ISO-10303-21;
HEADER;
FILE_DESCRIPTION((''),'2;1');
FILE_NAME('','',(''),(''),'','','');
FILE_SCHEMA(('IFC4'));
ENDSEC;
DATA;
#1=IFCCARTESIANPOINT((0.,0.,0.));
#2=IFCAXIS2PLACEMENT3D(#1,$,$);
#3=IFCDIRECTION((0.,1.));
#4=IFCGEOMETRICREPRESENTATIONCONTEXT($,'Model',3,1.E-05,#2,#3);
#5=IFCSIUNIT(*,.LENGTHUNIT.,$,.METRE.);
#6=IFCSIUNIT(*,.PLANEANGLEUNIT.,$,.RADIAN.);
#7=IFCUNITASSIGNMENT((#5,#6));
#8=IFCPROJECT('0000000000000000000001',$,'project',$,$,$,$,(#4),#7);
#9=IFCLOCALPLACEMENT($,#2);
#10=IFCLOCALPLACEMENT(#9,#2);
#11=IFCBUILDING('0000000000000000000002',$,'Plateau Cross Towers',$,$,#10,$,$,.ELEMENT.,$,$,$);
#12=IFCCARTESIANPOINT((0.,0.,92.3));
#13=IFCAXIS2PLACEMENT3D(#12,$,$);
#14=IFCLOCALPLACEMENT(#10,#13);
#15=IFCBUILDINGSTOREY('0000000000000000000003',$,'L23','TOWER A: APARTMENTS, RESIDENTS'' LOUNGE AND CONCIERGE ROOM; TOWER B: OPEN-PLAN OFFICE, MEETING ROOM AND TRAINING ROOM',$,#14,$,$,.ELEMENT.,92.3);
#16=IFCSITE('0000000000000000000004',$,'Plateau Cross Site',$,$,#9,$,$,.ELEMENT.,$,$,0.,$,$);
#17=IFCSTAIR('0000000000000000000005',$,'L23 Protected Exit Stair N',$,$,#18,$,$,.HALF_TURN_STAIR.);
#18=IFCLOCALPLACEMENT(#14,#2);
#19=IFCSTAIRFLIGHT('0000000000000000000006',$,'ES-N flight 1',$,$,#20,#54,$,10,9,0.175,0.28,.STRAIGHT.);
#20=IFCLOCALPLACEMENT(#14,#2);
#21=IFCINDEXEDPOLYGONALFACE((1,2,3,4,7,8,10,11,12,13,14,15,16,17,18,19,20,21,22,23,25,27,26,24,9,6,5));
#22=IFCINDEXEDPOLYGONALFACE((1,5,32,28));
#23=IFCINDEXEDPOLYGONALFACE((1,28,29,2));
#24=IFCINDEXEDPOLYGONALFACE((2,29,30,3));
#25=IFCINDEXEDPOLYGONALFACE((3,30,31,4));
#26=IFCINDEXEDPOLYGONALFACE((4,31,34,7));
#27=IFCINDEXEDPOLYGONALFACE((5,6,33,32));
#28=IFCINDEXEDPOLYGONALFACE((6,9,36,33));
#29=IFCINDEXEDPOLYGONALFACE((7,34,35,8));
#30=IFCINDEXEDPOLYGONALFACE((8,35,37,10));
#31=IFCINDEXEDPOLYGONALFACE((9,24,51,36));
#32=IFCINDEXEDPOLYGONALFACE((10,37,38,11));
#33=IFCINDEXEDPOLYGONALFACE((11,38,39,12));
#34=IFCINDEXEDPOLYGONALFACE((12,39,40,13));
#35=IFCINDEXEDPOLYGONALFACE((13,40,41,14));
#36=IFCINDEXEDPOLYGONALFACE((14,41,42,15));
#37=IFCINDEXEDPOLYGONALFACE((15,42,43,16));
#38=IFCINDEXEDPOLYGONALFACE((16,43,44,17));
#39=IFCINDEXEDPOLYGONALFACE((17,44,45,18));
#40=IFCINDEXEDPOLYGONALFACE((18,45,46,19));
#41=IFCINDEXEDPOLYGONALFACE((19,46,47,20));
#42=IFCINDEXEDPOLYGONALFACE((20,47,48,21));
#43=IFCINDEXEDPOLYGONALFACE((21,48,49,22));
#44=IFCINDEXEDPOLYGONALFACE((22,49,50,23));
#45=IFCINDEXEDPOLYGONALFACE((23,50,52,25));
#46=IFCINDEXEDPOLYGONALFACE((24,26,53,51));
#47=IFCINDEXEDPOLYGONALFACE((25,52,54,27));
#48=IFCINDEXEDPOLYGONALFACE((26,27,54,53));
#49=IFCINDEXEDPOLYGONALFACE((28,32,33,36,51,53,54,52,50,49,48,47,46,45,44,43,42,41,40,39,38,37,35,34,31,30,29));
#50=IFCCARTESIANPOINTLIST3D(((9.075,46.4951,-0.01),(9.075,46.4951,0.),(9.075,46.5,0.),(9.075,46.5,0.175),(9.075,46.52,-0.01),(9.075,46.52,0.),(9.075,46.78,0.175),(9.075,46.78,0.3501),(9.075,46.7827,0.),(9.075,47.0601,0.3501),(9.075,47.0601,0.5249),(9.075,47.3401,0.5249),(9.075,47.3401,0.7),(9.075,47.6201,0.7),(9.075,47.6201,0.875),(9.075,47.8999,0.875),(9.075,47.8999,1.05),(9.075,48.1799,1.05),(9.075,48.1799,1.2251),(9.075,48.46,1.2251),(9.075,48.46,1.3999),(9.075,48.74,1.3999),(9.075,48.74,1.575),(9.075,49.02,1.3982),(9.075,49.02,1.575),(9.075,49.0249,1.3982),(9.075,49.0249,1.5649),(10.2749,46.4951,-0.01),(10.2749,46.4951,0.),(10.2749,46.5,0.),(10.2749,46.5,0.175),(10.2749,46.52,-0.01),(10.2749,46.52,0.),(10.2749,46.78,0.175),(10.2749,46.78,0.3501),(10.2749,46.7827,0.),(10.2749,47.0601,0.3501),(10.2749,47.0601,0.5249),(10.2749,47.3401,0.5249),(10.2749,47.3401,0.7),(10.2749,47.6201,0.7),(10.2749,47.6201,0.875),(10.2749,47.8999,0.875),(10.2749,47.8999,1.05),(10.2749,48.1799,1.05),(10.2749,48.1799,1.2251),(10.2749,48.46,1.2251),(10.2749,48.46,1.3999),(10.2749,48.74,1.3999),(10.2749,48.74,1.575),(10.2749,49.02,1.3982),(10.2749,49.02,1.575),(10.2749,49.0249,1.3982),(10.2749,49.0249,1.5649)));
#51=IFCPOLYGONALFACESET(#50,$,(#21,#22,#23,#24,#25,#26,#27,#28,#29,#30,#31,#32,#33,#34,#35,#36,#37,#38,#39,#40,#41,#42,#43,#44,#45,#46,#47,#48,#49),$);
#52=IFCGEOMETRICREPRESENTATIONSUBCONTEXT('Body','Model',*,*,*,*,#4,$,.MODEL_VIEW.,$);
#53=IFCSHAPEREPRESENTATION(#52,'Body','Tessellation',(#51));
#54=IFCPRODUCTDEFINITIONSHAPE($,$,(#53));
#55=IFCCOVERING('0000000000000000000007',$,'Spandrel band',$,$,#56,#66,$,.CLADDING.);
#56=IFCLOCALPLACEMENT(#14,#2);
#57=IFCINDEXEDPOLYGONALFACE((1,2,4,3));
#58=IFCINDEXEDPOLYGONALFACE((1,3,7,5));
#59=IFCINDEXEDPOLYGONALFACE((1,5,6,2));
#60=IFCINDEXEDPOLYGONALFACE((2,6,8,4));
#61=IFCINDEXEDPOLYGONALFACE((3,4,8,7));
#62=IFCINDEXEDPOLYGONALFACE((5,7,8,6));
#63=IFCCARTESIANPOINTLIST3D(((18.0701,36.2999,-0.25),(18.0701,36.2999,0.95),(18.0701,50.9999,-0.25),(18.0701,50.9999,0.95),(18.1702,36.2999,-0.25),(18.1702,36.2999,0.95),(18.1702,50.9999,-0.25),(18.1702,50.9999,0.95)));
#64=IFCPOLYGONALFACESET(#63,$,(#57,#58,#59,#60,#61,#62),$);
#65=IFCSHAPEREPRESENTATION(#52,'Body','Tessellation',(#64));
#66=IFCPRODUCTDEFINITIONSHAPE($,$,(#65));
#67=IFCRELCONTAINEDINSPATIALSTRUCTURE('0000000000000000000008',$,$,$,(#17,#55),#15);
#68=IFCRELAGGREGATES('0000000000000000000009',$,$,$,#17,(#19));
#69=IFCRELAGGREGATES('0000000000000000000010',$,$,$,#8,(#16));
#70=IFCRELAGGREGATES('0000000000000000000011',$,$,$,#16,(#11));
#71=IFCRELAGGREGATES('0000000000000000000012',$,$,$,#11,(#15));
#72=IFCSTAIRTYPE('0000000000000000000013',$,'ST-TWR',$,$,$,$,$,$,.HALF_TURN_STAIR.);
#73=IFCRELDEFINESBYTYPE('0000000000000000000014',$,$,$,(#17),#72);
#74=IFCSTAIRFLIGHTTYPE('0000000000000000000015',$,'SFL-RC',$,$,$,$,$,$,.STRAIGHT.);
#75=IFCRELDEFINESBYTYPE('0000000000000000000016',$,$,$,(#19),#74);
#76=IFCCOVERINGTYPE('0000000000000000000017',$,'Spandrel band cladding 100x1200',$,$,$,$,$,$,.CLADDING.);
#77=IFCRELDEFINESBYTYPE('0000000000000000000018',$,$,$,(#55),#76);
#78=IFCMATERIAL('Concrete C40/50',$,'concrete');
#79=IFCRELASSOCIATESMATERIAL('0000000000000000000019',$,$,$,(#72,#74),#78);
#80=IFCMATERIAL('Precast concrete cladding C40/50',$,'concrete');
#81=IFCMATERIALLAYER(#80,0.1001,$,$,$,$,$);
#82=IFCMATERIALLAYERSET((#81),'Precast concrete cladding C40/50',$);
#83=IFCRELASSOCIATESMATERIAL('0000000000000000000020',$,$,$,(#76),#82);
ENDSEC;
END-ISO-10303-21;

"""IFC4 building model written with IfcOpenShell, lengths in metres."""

from ifc_helpers import new_model, si_unit, direction, frame, origin, origin_2d, place, context, subcontext, project, spatial, polyline, rectangle, outline, extrude, material, layer, layer_set, type_object, element, aggregate, save


model = new_model("IFC4")

# Units and contexts
model_context = context("Model", 3, precision=1e-05, world=origin(), true_north=direction((0.0, 1.0)))
body_context = subcontext(model_context, "Body", "Model", "MODEL_VIEW")
ifc_project = project(units=[si_unit("LENGTHUNIT", "METRE"), si_unit("PLANEANGLEUNIT", "RADIAN")], contexts=[model_context])

# Site, building, storey
site_placement = place(None, origin())
site = spatial("IfcSite", under=ifc_project, at=site_placement, Name="Plateau Cross Site", CompositionType="ELEMENT", RefElevation=0.0)
building_placement = place(site_placement, origin())
building = spatial("IfcBuilding", under=site, at=building_placement, Name="Plateau Cross Towers", CompositionType="ELEMENT")
storey_placement = place(building_placement, frame((0.0, 0.0, 92.3)))
storey = spatial("IfcBuildingStorey", under=building, at=storey_placement, Name="L23", Description="TOWER A: APARTMENTS, RESIDENTS' LOUNGE AND CONCIERGE ROOM; TOWER B: OPEN-PLAN OFFICE, MEETING ROOM AND TRAINING ROOM", CompositionType="ELEMENT", Elevation=92.3)

# Stair, stair flight
ifc_material_1 = material(Name="Concrete C40/50", Category="concrete")
stair_type = type_object("IfcStairType", Name="ST-TWR", PredefinedType="HALF_TURN_STAIR", material=ifc_material_1)
stair_placement = place(storey_placement, origin())
stair = element("IfcStair", 1, at=stair_placement, inside=storey, type_object=stair_type, Name="L23 Protected Exit Stair N", PredefinedType="HALF_TURN_STAIR")
stair_flight_type = type_object("IfcStairFlightType", Name="SFL-RC", PredefinedType="STRAIGHT", material=ifc_material_1)
stair_flight_placement = place(storey_placement, frame((9.675, 46.5, 0.0), z_axis=(0.0, 0.0, 1.0), x_axis=(0.0, 1.0, 0.0)))
stair_flight = element("IfcStairFlight", 2, at=stair_flight_placement, type_object=stair_flight_type, Name="ES-N flight 1", NumberOfRisers=10, NumberOfTreads=9, PredefinedType="STRAIGHT", RiserHeight=0.175, TreadLength=0.28, context=body_context, shape_type="SweptSolid", body=[
    extrude(outline(polyline([(-0.0049, -0.01), (-0.0049, 0.0), (0.0, 0.0), (0.0, 0.175), (0.28, 0.175), (0.28, 0.3501), (0.5601, 0.3501), (0.5601, 0.5249), (0.8401, 0.5249), (0.8401, 0.7), (1.1201, 0.7), (1.1201, 0.875), (1.3999, 0.875), (1.3999, 1.05), (1.6799, 1.05), (1.6799, 1.2251), (1.96, 1.2251), (1.96, 1.3999), (2.24, 1.3999), (2.24, 1.575), (2.52, 1.575), (2.5249, 1.5649), (2.5249, 1.3982), (2.52, 1.3982), (0.2827, 0.0), (0.02, 0.0), (0.02, -0.01), (-0.0049, -0.01)])), frame((0.0, 0.6001, 0.0), z_axis=(0.0, -1.0, 0.0), x_axis=(1.0, 0.0, 0.0)), (0.0, 0.0, 1.0), 1.2),
])
aggregate(stair, [stair_flight])

# Covering
ifc_material_2 = material(Name="Precast concrete cladding C40/50", Category="concrete")
ifc_layer_1 = layer(ifc_material_2, 0.1001)
ifc_layer_set_1 = layer_set([ifc_layer_1], Name="Precast concrete cladding C40/50")
covering_type = type_object("IfcCoveringType", Name="Spandrel band cladding 100x1200", PredefinedType="CLADDING", material=ifc_layer_set_1)
covering_placement = place(storey_placement, frame((18.1201, 43.6499, -0.25), z_axis=(0.0, 0.0, 1.0), x_axis=(0.0, 1.0, 0.0)))
element("IfcCovering", 3, at=covering_placement, inside=storey, type_object=covering_type, Name="Spandrel band", PredefinedType="CLADDING", context=body_context, shape_type="SweptSolid", body=[
    extrude(rectangle(XDim=14.7, YDim=0.1001, at=origin_2d()), origin(), (0.0, 0.0, 1.0), 1.2),
])

save(model, "model.ifc")
